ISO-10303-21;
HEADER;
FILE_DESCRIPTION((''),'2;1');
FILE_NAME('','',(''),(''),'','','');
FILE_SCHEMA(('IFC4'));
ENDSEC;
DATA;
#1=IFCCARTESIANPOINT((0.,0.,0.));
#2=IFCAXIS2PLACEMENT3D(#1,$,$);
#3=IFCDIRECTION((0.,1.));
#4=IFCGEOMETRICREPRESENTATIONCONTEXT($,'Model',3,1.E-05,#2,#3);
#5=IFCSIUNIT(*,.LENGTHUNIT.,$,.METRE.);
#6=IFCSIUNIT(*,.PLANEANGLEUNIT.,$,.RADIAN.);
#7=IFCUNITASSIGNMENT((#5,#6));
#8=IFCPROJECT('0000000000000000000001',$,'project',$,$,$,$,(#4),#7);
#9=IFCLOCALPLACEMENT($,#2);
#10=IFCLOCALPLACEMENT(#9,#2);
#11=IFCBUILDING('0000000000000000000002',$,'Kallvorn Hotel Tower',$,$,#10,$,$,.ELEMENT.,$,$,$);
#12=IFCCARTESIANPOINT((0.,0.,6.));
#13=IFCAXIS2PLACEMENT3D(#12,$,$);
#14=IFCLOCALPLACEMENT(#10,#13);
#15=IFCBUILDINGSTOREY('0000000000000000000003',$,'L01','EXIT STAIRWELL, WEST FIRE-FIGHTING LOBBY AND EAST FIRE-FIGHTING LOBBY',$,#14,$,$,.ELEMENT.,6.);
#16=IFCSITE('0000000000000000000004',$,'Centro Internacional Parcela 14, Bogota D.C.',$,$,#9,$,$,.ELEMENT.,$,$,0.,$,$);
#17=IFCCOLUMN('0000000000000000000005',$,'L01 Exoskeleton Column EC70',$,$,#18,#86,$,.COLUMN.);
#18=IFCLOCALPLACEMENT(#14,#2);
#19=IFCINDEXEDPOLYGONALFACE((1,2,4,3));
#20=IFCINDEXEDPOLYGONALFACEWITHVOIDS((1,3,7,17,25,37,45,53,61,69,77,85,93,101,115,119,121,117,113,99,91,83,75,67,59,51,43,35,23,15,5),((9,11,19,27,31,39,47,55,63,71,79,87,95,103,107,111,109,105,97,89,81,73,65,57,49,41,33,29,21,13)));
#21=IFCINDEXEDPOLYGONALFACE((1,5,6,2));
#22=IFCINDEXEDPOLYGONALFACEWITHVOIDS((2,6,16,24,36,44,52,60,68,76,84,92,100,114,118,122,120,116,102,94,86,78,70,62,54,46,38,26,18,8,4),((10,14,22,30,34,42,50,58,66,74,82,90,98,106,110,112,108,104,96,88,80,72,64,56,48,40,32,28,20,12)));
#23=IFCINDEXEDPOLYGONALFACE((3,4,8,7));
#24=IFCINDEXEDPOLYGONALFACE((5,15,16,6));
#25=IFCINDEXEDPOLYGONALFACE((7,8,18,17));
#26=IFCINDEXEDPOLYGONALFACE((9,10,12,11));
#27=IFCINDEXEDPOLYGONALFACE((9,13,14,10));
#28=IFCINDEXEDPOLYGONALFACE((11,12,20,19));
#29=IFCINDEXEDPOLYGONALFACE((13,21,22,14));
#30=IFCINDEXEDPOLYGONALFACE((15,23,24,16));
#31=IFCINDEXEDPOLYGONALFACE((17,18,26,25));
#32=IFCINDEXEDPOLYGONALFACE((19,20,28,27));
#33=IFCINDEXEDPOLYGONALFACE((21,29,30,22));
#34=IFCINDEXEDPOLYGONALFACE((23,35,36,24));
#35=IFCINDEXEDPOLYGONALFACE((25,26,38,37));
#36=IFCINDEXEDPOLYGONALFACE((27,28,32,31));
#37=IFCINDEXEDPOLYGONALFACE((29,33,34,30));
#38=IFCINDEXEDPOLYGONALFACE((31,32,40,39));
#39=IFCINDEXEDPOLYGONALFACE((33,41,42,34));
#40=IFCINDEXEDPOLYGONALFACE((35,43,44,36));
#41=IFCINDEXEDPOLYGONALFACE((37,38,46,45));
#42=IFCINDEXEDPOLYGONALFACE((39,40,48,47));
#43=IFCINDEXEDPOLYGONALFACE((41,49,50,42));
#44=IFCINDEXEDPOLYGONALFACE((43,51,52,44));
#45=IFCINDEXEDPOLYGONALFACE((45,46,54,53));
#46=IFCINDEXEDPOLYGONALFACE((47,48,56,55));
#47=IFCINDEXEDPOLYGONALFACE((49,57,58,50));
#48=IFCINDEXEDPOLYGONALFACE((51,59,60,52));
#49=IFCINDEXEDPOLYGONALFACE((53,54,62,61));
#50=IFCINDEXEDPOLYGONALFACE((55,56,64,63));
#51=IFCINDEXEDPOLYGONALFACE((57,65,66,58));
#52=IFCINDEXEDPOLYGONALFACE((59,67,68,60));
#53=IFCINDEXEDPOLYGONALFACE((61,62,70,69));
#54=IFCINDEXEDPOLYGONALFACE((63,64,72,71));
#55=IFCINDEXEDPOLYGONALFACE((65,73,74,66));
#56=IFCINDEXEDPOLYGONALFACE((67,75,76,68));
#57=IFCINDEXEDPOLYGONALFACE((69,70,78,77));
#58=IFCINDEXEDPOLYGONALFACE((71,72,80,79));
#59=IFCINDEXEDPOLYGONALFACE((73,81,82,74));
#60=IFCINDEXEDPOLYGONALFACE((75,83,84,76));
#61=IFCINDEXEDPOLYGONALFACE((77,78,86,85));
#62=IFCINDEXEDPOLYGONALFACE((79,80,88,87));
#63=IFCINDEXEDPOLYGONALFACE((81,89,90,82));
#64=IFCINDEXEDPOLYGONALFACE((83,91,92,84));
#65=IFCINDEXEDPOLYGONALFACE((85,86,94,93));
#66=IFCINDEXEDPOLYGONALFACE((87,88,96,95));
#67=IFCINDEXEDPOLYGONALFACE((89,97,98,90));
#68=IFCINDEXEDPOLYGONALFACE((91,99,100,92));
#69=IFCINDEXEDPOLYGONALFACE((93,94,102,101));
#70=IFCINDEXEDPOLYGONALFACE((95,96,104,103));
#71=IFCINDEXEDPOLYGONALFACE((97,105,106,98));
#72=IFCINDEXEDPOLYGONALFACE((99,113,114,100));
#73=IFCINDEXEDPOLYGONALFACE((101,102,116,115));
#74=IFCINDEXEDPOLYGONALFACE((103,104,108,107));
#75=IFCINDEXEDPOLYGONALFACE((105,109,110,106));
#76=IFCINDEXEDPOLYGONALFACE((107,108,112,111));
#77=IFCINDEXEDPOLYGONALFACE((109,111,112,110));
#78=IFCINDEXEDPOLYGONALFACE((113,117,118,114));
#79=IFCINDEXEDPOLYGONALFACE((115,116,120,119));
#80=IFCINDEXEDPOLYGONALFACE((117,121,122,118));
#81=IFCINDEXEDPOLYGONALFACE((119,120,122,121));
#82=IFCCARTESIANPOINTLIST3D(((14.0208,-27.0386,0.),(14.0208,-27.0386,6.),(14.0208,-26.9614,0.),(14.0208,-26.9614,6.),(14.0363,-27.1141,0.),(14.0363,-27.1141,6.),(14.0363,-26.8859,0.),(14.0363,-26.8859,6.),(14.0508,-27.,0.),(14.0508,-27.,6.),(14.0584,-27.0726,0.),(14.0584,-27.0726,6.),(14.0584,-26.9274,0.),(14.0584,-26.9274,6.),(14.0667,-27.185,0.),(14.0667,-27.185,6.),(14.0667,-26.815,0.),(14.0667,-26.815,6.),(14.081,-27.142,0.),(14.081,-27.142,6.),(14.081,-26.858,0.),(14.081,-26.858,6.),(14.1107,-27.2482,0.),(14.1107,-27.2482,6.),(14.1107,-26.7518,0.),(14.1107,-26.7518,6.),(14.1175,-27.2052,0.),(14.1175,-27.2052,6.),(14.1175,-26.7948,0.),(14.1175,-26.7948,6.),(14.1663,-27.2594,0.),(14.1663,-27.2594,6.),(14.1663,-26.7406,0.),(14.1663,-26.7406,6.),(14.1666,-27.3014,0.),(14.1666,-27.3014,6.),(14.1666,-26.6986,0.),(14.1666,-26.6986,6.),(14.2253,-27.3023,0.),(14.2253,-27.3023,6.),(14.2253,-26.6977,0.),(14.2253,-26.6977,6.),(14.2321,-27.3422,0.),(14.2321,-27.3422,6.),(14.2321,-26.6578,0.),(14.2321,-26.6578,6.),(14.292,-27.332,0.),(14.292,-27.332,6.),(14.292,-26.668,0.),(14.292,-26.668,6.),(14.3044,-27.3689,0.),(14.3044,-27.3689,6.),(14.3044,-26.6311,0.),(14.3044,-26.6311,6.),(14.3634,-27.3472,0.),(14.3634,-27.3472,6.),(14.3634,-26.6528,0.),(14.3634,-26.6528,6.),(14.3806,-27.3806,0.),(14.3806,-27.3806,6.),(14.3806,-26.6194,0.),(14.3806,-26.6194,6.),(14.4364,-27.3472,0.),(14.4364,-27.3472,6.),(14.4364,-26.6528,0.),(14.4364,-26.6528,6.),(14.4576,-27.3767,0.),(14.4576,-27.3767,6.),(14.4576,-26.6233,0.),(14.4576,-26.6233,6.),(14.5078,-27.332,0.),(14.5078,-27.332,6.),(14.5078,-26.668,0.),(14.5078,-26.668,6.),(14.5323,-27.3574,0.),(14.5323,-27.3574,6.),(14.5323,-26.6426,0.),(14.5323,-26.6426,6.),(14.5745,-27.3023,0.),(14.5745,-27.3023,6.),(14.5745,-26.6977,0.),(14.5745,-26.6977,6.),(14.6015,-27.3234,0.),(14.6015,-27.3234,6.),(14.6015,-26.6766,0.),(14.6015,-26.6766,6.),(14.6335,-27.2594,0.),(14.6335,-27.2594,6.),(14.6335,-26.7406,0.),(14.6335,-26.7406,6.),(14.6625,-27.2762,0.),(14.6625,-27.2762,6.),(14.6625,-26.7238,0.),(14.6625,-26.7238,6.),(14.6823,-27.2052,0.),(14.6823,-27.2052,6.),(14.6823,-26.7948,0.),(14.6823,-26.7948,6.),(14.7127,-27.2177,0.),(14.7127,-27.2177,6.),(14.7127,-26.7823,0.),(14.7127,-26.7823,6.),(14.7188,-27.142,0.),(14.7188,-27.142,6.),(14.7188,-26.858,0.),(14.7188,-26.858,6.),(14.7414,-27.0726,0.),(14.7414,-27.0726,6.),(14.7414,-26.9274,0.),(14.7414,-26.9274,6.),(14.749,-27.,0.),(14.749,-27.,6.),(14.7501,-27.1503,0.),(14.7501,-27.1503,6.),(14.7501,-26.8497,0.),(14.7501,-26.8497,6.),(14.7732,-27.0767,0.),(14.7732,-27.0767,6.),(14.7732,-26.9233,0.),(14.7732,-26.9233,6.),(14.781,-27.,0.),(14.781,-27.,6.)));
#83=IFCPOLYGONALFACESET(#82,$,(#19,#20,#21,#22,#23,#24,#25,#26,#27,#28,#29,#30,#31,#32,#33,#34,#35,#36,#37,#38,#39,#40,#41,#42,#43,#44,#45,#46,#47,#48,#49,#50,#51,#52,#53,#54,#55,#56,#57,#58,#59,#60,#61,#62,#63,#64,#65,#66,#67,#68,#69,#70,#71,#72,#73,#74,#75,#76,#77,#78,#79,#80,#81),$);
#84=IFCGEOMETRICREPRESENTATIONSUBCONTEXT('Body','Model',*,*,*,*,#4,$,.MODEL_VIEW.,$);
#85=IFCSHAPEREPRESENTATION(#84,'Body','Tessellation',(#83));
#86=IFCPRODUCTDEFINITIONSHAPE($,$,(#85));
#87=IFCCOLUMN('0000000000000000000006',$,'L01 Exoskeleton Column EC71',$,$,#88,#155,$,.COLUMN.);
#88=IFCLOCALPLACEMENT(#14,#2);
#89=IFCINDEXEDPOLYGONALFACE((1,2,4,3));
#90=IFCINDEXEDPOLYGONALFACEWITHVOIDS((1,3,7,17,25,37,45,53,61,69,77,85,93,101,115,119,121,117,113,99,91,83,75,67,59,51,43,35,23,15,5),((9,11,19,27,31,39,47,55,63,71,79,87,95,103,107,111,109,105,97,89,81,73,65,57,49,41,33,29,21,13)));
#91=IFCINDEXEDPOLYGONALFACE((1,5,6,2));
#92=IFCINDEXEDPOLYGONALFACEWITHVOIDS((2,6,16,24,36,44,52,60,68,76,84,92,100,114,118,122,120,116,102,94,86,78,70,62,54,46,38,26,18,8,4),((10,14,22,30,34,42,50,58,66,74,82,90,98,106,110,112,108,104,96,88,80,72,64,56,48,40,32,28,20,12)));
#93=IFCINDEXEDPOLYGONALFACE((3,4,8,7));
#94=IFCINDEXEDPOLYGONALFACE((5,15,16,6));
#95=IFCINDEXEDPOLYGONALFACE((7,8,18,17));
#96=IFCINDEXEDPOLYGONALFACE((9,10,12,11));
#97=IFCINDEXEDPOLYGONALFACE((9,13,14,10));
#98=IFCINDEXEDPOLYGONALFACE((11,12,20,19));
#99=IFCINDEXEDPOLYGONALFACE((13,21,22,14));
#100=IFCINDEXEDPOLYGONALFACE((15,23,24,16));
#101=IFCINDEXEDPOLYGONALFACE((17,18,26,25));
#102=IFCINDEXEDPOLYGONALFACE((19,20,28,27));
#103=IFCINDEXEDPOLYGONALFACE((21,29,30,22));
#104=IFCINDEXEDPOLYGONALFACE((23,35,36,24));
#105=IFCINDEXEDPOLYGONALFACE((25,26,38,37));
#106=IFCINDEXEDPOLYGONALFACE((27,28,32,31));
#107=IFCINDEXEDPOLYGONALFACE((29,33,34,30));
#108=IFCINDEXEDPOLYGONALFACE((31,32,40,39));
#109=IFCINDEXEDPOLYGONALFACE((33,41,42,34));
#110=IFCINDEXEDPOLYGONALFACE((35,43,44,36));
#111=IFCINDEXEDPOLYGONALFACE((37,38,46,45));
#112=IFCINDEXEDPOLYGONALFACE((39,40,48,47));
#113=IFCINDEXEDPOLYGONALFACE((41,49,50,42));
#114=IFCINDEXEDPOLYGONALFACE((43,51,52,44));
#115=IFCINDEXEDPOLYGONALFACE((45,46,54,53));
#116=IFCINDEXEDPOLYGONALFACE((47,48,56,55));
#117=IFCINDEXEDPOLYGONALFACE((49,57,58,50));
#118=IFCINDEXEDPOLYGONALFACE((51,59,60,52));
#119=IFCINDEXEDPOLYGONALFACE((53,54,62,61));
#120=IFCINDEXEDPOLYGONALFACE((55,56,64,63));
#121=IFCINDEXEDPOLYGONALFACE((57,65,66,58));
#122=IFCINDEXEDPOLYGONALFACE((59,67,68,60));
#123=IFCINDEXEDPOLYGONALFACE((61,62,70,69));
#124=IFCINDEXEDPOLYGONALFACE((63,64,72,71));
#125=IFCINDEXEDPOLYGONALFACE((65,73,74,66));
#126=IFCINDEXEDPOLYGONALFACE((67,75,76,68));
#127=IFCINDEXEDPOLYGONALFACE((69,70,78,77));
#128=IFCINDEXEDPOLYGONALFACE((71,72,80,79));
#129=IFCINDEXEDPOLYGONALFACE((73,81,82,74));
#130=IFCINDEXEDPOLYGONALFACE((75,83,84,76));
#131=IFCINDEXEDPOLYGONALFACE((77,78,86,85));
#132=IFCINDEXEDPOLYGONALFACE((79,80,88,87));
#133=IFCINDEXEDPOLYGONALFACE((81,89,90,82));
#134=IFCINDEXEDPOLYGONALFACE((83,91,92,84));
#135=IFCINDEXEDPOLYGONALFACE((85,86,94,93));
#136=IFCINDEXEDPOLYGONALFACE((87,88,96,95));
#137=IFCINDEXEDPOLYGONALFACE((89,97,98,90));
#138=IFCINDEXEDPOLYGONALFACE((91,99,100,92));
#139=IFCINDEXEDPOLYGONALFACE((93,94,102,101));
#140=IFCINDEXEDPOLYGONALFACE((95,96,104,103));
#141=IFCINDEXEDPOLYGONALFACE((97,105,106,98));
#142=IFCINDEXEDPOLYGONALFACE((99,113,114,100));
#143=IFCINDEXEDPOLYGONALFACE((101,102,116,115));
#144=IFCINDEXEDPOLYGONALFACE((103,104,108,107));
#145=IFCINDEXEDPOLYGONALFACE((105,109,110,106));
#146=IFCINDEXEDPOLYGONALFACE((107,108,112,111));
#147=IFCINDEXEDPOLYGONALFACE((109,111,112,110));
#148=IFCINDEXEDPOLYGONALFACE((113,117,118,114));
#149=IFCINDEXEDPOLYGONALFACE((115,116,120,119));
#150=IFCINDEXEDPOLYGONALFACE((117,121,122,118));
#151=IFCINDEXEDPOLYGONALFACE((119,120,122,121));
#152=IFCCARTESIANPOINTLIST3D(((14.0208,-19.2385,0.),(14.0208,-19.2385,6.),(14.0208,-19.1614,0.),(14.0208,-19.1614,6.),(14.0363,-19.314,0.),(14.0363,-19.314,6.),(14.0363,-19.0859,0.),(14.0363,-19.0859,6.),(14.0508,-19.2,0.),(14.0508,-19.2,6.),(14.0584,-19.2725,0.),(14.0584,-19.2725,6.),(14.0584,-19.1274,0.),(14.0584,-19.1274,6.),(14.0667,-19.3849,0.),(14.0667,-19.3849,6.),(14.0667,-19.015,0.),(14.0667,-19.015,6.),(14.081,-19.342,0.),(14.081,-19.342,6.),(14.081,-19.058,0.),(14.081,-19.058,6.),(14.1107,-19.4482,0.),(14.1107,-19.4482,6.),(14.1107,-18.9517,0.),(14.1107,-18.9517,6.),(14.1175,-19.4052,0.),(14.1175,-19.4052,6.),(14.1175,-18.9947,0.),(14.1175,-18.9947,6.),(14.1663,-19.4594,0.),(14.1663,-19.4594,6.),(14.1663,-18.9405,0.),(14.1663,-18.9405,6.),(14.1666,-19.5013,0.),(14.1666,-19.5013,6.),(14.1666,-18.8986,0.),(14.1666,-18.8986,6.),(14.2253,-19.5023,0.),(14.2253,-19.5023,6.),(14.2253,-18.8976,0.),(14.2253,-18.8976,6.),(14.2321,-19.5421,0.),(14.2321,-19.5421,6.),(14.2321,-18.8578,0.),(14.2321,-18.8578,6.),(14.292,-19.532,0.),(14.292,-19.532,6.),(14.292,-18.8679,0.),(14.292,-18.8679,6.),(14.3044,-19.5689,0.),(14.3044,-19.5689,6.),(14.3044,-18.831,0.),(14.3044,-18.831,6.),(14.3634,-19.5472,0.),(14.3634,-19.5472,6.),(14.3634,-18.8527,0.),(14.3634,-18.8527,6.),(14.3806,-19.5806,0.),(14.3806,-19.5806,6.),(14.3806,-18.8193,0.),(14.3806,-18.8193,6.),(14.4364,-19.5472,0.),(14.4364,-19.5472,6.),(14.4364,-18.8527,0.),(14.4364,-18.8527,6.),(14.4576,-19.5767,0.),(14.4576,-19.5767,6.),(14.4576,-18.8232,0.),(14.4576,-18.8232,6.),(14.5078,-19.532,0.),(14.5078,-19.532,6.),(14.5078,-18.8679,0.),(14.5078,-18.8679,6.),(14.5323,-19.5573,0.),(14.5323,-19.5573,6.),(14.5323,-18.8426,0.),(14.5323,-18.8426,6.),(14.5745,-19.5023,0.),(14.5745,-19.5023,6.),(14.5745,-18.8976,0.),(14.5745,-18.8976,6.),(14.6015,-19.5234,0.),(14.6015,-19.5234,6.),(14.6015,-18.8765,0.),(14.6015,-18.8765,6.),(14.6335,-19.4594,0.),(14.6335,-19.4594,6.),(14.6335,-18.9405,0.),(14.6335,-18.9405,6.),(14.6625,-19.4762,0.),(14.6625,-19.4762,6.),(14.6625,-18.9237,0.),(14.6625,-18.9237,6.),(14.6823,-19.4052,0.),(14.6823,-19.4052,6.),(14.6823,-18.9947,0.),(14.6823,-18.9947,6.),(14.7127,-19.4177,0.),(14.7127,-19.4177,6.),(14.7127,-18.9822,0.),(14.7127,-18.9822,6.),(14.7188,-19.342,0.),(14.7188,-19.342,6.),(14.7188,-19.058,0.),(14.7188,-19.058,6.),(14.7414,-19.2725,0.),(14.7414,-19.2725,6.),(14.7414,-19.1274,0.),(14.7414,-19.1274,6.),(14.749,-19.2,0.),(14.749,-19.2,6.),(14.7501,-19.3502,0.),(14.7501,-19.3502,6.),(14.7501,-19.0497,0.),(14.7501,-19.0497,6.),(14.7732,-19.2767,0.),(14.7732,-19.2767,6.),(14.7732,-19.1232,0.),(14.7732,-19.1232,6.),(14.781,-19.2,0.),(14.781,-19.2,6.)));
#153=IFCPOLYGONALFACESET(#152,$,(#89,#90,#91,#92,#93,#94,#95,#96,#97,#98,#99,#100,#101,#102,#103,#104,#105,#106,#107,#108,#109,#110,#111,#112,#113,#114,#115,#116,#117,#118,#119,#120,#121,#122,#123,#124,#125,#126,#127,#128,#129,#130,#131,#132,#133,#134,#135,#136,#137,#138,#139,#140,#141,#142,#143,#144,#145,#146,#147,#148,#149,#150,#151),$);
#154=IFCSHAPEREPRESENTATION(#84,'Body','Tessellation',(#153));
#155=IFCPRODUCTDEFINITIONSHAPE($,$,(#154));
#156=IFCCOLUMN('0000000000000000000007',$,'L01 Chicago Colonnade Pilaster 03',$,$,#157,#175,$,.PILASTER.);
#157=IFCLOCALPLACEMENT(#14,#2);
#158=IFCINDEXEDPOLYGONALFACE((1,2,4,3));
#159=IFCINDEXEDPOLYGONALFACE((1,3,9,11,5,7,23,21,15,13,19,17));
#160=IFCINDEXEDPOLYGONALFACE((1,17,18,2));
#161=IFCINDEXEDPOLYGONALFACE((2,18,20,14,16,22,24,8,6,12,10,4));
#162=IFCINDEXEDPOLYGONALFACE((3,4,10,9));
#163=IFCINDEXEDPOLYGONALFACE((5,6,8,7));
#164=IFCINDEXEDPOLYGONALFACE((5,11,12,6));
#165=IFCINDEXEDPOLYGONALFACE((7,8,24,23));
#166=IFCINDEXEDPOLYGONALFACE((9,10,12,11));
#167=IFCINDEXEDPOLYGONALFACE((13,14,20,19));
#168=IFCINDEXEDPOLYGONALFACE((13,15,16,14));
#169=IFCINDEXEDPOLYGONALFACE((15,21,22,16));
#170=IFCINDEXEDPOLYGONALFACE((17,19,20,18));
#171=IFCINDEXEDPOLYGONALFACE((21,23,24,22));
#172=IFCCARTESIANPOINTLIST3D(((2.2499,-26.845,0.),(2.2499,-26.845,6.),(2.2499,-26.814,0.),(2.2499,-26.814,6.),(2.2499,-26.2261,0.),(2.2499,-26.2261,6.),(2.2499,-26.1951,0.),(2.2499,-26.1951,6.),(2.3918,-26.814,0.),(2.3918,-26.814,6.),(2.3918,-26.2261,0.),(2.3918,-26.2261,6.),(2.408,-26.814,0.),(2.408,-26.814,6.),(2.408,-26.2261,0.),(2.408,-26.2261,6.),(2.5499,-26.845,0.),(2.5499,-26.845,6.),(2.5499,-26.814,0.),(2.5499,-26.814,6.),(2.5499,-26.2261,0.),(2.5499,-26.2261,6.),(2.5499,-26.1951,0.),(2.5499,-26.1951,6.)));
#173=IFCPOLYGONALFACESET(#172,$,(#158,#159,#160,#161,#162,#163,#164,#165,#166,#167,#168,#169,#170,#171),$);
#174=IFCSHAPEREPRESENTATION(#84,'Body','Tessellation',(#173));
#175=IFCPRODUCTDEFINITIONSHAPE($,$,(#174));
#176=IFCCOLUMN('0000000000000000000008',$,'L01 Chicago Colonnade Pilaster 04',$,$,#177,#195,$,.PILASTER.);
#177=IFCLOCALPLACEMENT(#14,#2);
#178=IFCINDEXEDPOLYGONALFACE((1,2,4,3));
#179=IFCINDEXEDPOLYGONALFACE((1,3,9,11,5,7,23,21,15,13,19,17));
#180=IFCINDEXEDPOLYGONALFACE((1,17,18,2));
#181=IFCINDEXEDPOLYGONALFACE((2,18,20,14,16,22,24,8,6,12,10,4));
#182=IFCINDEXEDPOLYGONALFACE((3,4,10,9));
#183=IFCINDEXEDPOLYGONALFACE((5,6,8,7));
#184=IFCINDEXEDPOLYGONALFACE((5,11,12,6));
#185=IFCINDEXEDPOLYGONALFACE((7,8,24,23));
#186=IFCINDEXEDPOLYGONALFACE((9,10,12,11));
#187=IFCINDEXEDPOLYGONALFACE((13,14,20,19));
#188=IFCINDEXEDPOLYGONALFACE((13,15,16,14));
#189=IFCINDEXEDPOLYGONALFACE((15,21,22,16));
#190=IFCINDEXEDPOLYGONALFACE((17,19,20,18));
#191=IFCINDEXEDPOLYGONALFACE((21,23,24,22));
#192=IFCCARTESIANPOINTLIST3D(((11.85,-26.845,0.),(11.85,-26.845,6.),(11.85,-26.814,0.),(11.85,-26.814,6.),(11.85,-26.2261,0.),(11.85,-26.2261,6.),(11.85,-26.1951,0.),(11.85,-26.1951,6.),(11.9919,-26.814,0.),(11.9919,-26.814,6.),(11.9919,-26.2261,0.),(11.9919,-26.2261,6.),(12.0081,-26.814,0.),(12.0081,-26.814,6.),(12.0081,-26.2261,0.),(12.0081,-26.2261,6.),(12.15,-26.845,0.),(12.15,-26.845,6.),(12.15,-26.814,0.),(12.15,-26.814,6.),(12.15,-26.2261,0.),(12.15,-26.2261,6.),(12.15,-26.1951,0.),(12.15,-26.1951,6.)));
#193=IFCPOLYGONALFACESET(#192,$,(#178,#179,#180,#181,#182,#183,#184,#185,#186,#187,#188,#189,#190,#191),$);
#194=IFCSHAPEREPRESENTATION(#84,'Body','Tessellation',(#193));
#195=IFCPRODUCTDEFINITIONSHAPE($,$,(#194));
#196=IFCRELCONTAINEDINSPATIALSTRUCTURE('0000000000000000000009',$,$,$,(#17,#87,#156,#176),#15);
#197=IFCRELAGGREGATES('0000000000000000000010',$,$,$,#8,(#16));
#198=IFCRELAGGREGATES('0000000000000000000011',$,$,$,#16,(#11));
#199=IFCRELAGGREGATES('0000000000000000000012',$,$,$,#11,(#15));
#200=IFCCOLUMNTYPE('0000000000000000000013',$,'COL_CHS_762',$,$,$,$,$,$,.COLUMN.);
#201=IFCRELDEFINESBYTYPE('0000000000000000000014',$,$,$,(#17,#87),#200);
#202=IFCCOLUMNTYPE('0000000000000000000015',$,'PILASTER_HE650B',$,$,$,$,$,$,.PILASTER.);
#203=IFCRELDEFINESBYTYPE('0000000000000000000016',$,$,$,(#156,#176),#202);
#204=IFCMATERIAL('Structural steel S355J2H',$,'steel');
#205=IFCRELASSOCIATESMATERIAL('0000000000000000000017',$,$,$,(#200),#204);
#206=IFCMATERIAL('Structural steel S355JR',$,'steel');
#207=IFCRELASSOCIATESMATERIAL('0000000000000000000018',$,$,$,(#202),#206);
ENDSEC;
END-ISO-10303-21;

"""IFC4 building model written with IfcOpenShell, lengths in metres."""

from ifc_helpers import new_model, si_unit, direction, frame, origin, origin_2d, place, context, subcontext, project, spatial, hollow_circle, i_section, extrude, material, material_profile, profile_set, type_object, element, save


model = new_model("IFC4")

# Units and contexts
model_context = context("Model", 3, precision=1e-05, world=origin(), true_north=direction((0.0, 1.0)))
body_context = subcontext(model_context, "Body", "Model", "MODEL_VIEW")
ifc_project = project(units=[si_unit("LENGTHUNIT", "METRE"), si_unit("PLANEANGLEUNIT", "RADIAN")], contexts=[model_context])

# Site, building, storey
site_placement = place(None, origin())
site = spatial("IfcSite", under=ifc_project, at=site_placement, Name="Centro Internacional Parcela 14, Bogota D.C.", CompositionType="ELEMENT", RefElevation=0.0)
building_placement = place(site_placement, origin())
building = spatial("IfcBuilding", under=site, at=building_placement, Name="Kallvorn Hotel Tower", CompositionType="ELEMENT")
storey_placement = place(building_placement, frame((0.0, 0.0, 6.0)))
storey = spatial("IfcBuildingStorey", under=building, at=storey_placement, Name="L01", Description="EXIT STAIRWELL, WEST FIRE-FIGHTING LOBBY AND EAST FIRE-FIGHTING LOBBY", CompositionType="ELEMENT", Elevation=6.0)

# Columns
ifc_material_1 = material(Name="Structural steel S355J2H", Category="steel")
ifc_material_profile_1 = material_profile(ifc_material_1, hollow_circle(Radius=0.3811, WallThickness=0.032, at=origin_2d()), Name="CHS 762x32")
ifc_profile_set_1 = profile_set([ifc_material_profile_1], Name="Structural steel S355J2H")
column_type_1 = type_object("IfcColumnType", Name="COL_CHS_762", PredefinedType="COLUMN", material=ifc_profile_set_1)
for number, where, z_axis, x_axis, name in (
    (1, (14.3999, -27.0, 0.0), (0.0, 0.0, 1.0), (1.0, 0.0, 0.0), "L01 Exoskeleton Column EC70"),
    (2, (14.3999, -19.2, 0.0), (0.0, 0.0, 1.0), (1.0, 0.0, 0.0), "L01 Exoskeleton Column EC71"),
):
    element("IfcColumn", number, at=place(storey_placement, frame(where, z_axis=z_axis, x_axis=x_axis)), inside=storey, type_object=column_type_1, Name=name, PredefinedType="COLUMN", context=body_context, shape_type="SweptSolid", body=[
        extrude(hollow_circle(Radius=0.3811, WallThickness=0.032, at=origin_2d()), origin(), (0.0, 0.0, 1.0), 6.0),
    ])
ifc_material_2 = material(Name="Structural steel S355JR", Category="steel")
ifc_material_profile_2 = material_profile(ifc_material_2, i_section(OverallWidth=0.3, OverallDepth=0.6499, WebThickness=0.0161, FlangeThickness=0.031, at=origin_2d()), Name="HE 650 B")
ifc_profile_set_2 = profile_set([ifc_material_profile_2], Name="Structural steel S355JR")
column_type_2 = type_object("IfcColumnType", Name="PILASTER_HE650B", PredefinedType="PILASTER", material=ifc_profile_set_2)
for number, where, z_axis, x_axis, name in (
    (3, (2.3999, -26.52, 0.0), (0.0, 0.0, 1.0), (1.0, 0.0, 0.0), "L01 Chicago Colonnade Pilaster 03"),
    (4, (12.0, -26.52, 0.0), (0.0, 0.0, 1.0), (1.0, 0.0, 0.0), "L01 Chicago Colonnade Pilaster 04"),
):
    element("IfcColumn", number, at=place(storey_placement, frame(where, z_axis=z_axis, x_axis=x_axis)), inside=storey, type_object=column_type_2, Name=name, PredefinedType="PILASTER", context=body_context, shape_type="SweptSolid", body=[
        extrude(i_section(OverallWidth=0.3, OverallDepth=0.6499, WebThickness=0.0161, FlangeThickness=0.031, at=origin_2d()), origin(), (0.0, 0.0, 1.0), 6.0),
    ])

save(model, "model.ifc")
